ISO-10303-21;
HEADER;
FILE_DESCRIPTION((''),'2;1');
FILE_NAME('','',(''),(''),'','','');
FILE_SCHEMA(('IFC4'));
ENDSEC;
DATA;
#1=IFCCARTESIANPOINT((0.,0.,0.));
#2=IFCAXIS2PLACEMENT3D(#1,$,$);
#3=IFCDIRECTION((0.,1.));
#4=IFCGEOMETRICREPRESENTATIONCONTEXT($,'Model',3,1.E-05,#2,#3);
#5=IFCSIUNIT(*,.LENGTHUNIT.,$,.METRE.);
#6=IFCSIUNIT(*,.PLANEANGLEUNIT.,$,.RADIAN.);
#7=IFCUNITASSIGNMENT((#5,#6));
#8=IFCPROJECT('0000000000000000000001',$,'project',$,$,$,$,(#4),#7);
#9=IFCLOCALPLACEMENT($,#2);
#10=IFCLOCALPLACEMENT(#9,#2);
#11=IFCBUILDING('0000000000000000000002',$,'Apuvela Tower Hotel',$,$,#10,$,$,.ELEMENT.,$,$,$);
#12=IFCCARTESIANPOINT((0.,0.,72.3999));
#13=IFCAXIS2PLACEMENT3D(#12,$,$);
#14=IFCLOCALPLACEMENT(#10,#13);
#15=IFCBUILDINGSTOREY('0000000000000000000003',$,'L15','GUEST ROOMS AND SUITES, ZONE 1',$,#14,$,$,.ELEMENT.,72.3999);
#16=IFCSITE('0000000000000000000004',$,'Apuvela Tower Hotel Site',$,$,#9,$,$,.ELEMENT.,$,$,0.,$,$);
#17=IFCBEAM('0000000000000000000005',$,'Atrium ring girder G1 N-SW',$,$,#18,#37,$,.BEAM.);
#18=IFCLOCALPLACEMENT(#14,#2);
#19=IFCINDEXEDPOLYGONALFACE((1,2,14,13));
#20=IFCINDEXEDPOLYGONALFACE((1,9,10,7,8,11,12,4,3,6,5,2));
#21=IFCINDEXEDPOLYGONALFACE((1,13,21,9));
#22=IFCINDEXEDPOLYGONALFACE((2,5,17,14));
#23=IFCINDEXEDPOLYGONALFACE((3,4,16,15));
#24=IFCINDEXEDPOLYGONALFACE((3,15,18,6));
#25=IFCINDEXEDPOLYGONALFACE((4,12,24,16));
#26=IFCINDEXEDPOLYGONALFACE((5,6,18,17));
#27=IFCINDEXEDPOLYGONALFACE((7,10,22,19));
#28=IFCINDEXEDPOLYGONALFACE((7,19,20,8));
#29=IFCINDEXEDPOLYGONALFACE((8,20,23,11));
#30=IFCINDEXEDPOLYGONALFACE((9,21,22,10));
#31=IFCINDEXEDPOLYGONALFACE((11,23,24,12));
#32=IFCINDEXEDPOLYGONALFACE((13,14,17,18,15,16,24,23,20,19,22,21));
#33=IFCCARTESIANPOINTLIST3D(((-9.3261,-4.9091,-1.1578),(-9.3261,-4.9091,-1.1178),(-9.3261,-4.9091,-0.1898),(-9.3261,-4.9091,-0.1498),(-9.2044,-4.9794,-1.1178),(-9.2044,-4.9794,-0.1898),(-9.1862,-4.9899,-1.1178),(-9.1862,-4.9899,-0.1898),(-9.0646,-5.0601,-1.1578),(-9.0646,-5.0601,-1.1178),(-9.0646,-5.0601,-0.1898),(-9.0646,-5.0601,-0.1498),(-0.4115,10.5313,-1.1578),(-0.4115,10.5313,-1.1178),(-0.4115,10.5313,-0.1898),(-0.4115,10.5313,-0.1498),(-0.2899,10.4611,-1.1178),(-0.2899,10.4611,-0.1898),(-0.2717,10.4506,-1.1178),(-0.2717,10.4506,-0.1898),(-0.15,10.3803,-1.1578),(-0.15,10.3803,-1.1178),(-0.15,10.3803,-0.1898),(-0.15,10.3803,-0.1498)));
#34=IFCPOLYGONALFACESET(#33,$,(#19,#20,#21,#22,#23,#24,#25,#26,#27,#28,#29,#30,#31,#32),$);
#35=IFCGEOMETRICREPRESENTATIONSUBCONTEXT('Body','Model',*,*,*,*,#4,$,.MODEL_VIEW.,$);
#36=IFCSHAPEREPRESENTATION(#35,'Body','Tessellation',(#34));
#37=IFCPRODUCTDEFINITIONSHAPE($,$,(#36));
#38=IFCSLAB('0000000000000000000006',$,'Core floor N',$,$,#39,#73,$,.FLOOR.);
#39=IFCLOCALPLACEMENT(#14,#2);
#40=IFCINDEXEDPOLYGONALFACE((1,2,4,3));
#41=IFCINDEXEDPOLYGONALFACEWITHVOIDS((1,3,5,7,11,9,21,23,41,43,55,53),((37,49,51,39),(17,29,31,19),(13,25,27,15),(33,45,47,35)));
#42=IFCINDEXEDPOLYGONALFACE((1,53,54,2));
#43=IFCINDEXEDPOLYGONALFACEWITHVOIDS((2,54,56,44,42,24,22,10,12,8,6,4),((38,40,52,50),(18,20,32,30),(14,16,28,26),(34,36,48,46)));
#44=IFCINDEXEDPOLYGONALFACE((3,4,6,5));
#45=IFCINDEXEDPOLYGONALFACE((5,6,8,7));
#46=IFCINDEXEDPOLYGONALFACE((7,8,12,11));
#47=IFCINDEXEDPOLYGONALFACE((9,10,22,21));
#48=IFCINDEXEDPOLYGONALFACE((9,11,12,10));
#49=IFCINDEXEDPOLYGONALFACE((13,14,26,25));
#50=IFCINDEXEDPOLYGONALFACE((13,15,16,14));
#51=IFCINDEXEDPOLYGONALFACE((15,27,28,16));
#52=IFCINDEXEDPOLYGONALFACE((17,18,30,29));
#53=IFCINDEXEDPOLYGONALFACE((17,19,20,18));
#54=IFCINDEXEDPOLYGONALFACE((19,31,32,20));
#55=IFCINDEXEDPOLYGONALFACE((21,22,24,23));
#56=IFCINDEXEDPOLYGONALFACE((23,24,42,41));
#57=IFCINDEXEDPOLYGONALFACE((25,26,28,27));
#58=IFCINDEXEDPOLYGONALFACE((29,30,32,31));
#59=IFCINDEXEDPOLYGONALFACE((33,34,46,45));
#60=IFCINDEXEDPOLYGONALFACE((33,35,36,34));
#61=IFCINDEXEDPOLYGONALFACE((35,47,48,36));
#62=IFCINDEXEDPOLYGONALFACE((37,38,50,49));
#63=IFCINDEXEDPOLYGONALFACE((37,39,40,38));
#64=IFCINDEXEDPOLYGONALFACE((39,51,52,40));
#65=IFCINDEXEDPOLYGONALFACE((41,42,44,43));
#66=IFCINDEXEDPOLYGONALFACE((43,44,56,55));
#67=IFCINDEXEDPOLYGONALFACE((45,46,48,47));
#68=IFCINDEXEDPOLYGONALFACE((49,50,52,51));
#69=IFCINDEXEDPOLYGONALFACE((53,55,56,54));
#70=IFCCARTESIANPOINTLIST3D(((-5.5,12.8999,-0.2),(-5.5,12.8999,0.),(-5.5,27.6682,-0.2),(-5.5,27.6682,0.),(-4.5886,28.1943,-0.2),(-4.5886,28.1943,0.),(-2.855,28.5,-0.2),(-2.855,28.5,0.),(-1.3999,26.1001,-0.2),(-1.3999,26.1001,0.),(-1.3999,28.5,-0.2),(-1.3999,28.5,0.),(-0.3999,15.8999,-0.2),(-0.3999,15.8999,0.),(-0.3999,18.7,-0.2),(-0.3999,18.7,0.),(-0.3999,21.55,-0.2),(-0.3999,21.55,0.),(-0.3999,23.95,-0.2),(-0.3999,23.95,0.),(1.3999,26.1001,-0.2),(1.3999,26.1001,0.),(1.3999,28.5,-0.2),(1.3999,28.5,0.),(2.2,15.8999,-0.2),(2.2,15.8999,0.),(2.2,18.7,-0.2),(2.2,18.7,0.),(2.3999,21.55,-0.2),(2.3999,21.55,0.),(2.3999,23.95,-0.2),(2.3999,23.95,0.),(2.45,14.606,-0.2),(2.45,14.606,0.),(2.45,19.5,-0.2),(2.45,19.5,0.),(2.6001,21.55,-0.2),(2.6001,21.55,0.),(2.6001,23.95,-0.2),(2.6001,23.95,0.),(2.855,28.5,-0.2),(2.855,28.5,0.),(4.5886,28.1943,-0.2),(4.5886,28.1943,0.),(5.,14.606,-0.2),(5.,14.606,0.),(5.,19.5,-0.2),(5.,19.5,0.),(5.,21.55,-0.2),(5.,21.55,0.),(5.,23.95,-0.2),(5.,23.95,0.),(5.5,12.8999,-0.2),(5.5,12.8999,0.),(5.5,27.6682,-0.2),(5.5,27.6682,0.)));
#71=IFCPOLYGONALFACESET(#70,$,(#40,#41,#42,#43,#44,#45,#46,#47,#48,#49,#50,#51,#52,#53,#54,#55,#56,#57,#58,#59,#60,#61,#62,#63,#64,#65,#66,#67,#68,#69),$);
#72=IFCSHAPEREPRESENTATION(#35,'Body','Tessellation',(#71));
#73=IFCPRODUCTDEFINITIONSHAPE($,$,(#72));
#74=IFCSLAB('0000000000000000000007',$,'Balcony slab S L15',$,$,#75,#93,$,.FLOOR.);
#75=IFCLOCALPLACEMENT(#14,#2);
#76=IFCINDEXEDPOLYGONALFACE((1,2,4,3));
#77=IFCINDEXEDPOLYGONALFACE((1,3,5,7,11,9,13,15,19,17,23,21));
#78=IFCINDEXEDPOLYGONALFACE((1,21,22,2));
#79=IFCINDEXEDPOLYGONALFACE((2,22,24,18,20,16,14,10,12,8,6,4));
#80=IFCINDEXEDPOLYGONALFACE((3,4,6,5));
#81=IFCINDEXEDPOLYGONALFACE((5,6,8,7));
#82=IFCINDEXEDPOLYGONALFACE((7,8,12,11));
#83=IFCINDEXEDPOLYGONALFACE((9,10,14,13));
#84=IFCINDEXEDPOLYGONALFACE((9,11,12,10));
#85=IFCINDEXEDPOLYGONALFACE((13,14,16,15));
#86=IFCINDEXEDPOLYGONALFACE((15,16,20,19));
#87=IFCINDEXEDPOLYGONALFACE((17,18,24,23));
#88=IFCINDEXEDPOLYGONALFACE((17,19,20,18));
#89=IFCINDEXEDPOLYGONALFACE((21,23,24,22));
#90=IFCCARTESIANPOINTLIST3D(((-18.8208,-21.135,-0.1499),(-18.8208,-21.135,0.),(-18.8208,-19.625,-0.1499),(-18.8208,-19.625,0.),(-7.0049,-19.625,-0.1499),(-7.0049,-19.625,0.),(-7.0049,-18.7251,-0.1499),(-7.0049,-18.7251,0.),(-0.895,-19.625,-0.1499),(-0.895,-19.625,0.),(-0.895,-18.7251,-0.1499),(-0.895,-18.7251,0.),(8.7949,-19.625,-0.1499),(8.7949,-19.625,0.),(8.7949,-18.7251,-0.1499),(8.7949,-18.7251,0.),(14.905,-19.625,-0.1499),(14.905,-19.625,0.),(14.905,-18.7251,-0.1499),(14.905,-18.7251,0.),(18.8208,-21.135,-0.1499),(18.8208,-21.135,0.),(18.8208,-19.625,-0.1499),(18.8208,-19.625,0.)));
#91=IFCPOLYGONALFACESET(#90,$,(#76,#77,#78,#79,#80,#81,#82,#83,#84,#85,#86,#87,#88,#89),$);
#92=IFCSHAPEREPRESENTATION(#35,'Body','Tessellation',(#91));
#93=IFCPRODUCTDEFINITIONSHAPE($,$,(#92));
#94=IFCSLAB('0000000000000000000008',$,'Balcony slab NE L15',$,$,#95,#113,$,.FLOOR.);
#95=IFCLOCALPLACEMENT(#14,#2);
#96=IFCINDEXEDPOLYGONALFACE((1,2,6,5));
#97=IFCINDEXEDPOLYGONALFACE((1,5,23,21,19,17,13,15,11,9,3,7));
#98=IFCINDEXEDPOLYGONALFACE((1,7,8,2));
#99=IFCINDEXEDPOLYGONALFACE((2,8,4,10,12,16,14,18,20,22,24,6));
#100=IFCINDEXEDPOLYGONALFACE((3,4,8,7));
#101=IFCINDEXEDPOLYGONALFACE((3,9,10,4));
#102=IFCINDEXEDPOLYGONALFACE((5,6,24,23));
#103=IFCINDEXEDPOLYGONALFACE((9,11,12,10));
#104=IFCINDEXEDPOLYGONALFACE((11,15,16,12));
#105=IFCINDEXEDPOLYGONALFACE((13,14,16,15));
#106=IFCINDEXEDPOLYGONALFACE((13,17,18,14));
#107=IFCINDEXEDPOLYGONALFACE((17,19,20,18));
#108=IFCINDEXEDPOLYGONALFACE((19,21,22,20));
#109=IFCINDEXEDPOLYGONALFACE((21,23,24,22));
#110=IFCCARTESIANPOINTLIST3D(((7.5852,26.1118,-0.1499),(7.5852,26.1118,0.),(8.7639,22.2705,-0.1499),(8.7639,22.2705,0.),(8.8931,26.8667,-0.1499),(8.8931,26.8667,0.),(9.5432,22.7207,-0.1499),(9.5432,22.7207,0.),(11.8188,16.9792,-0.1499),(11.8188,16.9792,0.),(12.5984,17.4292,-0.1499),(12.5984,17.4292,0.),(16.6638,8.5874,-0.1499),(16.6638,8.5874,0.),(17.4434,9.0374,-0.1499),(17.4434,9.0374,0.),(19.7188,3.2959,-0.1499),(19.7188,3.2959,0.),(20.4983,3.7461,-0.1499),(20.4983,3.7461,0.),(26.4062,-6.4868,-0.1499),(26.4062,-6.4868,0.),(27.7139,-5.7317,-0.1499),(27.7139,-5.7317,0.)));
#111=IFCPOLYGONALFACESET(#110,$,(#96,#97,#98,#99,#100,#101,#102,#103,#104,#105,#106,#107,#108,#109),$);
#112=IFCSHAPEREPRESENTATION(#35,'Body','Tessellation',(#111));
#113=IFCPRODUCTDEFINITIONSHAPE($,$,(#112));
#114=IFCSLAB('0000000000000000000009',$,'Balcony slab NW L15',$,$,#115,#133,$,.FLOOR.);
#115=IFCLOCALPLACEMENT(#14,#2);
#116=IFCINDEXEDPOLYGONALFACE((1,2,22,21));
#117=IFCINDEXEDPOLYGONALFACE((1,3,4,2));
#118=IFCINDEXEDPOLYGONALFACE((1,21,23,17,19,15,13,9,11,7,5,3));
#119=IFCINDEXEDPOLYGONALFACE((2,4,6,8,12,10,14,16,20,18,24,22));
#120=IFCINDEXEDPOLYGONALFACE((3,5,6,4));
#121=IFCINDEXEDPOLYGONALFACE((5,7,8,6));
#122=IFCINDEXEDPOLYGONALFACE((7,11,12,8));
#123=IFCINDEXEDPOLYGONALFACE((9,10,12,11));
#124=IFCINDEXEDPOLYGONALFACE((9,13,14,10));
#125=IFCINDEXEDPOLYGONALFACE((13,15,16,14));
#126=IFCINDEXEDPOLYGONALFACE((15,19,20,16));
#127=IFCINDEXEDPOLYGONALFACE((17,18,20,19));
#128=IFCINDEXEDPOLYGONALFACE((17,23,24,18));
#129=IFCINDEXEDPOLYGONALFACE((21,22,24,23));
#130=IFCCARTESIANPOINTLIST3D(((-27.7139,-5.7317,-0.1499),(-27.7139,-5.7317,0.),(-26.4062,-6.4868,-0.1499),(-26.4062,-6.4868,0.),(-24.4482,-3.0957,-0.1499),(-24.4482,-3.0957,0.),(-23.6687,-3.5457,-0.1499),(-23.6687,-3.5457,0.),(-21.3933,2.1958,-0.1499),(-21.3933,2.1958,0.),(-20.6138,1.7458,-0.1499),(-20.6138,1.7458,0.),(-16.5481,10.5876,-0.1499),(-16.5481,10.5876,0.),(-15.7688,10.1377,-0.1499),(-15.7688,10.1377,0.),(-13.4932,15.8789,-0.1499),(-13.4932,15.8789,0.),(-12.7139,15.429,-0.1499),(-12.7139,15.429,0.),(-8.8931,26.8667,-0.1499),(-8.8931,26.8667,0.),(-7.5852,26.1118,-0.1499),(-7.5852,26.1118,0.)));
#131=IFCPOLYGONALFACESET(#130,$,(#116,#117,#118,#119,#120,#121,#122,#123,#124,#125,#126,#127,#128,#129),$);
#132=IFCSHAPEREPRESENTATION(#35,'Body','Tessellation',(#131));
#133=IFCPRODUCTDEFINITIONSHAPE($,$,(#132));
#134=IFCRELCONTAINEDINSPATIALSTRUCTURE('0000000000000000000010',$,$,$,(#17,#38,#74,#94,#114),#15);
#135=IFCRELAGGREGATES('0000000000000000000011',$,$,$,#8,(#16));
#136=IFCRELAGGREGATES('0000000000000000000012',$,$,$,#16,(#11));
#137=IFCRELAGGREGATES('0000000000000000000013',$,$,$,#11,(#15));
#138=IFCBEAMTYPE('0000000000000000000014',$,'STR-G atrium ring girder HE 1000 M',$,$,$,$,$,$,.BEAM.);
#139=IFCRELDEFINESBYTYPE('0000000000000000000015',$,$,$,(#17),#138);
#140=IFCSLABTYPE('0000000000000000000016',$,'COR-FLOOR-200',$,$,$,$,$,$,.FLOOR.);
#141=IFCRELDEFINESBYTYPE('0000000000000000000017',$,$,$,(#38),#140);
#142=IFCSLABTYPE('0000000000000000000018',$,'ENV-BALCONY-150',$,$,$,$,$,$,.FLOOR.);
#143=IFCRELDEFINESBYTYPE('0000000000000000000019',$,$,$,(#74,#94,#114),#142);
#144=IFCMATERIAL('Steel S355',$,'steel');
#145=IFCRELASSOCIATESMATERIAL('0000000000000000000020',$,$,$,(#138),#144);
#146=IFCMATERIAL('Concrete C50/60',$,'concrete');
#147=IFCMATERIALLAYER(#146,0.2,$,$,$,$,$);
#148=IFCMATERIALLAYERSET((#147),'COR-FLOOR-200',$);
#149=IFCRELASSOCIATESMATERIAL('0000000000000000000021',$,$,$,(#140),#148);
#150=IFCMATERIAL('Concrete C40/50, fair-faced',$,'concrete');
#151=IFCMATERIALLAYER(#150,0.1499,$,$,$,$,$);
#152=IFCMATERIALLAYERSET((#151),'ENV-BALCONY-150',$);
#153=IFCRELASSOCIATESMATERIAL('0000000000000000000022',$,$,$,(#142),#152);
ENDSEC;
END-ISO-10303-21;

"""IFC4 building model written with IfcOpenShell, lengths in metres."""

from ifc_helpers import new_model, si_unit, direction, frame, origin, origin_2d, place, context, subcontext, project, spatial, polyline, i_section, outline, extrude, material, layer, layer_set, material_profile, profile_set, type_object, element, save


model = new_model("IFC4")

# Units and contexts
model_context = context("Model", 3, precision=1e-05, world=origin(), true_north=direction((0.0, 1.0)))
body_context = subcontext(model_context, "Body", "Model", "MODEL_VIEW")
ifc_project = project(units=[si_unit("LENGTHUNIT", "METRE"), si_unit("PLANEANGLEUNIT", "RADIAN")], contexts=[model_context])

# Site, building, storey
site_placement = place(None, origin())
site = spatial("IfcSite", under=ifc_project, at=site_placement, Name="Apuvela Tower Hotel Site", CompositionType="ELEMENT", RefElevation=0.0)
building_placement = place(site_placement, origin())
building = spatial("IfcBuilding", under=site, at=building_placement, Name="Apuvela Tower Hotel", CompositionType="ELEMENT")
storey_placement = place(building_placement, frame((0.0, 0.0, 72.3999)))
storey = spatial("IfcBuildingStorey", under=building, at=storey_placement, Name="L15", Description="GUEST ROOMS AND SUITES, ZONE 1", CompositionType="ELEMENT", Elevation=72.3999)

# Beam
ifc_material_1 = material(Name="Steel S355", Category="steel")
ifc_material_profile = material_profile(ifc_material_1, i_section(OverallWidth=0.302, OverallDepth=1.0081, WebThickness=0.021, FlangeThickness=0.04, at=origin_2d()), Name="HE 1000 M")
ifc_profile_set = profile_set([ifc_material_profile], Name="Steel S355")
beam_type = type_object("IfcBeamType", Name="STR-G atrium ring girder HE 1000 M", PredefinedType="BEAM", material=ifc_profile_set)
beam_placement = place(storey_placement, frame((-0.2808, 10.4558, -0.6538), z_axis=(-0.500001, -0.866025, 0.0), x_axis=(0.866025, -0.500001, 0.0)))
element("IfcBeam", 1, at=beam_placement, inside=storey, type_object=beam_type, Name="Atrium ring girder G1 N-SW", PredefinedType="BEAM", context=body_context, shape_type="SweptSolid", body=[
    extrude(i_section(OverallWidth=0.302, OverallDepth=1.0081, WebThickness=0.021, FlangeThickness=0.04, at=origin_2d()), origin(), (0.0, 0.0, 1.0), 17.8291),
])

# Slabs
ifc_material_2 = material(Name="Concrete C50/60", Category="concrete")
ifc_layer_1 = layer(ifc_material_2, 0.2)
ifc_layer_set_1 = layer_set([ifc_layer_1], Name="COR-FLOOR-200")
slab_type_1 = type_object("IfcSlabType", Name="COR-FLOOR-200", PredefinedType="FLOOR", material=ifc_layer_set_1)
slab_1_placement = place(storey_placement, frame((0.0, 0.0, -0.2)))
element("IfcSlab", 2, at=slab_1_placement, inside=storey, type_object=slab_type_1, Name="Core floor N", PredefinedType="FLOOR", context=body_context, shape_type="SweptSolid", body=[
    extrude(outline(polyline([(5.5, 27.6682), (4.5886, 28.1943), (2.855, 28.5), (1.3999, 28.5), (1.3999, 26.1001), (-1.3999, 26.1001), (-1.3999, 28.5), (-2.855, 28.5), (-4.5886, 28.1943), (-5.5, 27.6682), (-5.5, 12.8999), (5.5, 12.8999), (5.5, 27.6682)]), holes=[polyline([(5.0, 14.606), (2.45, 14.606), (2.45, 19.5), (5.0, 19.5), (5.0, 14.606)]), polyline([(2.2, 15.8999), (-0.3999, 15.8999), (-0.3999, 18.7), (2.2, 18.7), (2.2, 15.8999)]), polyline([(5.0, 21.55), (2.6001, 21.55), (2.6001, 23.95), (5.0, 23.95), (5.0, 21.55)]), polyline([(2.3999, 21.55), (-0.3999, 21.55), (-0.3999, 23.95), (2.3999, 23.95), (2.3999, 21.55)])]), origin(), (0.0, 0.0, 1.0), 0.2),
])
ifc_material_3 = material(Name="Concrete C40/50, fair-faced", Category="concrete")
ifc_layer_2 = layer(ifc_material_3, 0.1499)
ifc_layer_set_2 = layer_set([ifc_layer_2], Name="ENV-BALCONY-150")
slab_type_2 = type_object("IfcSlabType", Name="ENV-BALCONY-150", PredefinedType="FLOOR", material=ifc_layer_set_2)
slab_2_placement = place(storey_placement, frame((0.0, 0.0, -0.1499)))
element("IfcSlab", 3, at=slab_2_placement, inside=storey, type_object=slab_type_2, Name="Balcony slab S L15", PredefinedType="FLOOR", context=body_context, shape_type="SweptSolid", body=[
    extrude(outline(polyline([(18.8208, -21.135), (-18.8208, -21.135), (-18.8208, -19.625), (-7.0049, -19.625), (-7.0049, -18.7251), (-0.895, -18.7251), (-0.895, -19.625), (8.7949, -19.625), (8.7949, -18.7251), (14.905, -18.7251), (14.905, -19.625), (18.8208, -19.625), (18.8208, -21.135)])), origin(), (0.0, 0.0, 1.0), 0.1499),
])
slab_3_placement = place(storey_placement, frame((0.0, 0.0, -0.1499)))
element("IfcSlab", 4, at=slab_3_placement, inside=storey, type_object=slab_type_2, Name="Balcony slab NE L15", PredefinedType="FLOOR", context=body_context, shape_type="SweptSolid", body=[
    extrude(outline(polyline([(17.4434, 9.0374), (12.5984, 17.4292), (11.8188, 16.9792), (8.7639, 22.2705), (9.5432, 22.7207), (7.5852, 26.1118), (8.8931, 26.8667), (27.7139, -5.7317), (26.4062, -6.4868), (20.4983, 3.7461), (19.7188, 3.2959), (16.6638, 8.5874), (17.4434, 9.0374)])), origin(), (0.0, 0.0, 1.0), 0.1499),
])
slab_4_placement = place(storey_placement, frame((0.0, 0.0, -0.1499)))
element("IfcSlab", 5, at=slab_4_placement, inside=storey, type_object=slab_type_2, Name="Balcony slab NW L15", PredefinedType="FLOOR", context=body_context, shape_type="SweptSolid", body=[
    extrude(outline(polyline([(-27.7139, -5.7317), (-8.8931, 26.8667), (-7.5852, 26.1118), (-13.4932, 15.8789), (-12.7139, 15.429), (-15.7688, 10.1377), (-16.5481, 10.5876), (-21.3933, 2.1958), (-20.6138, 1.7458), (-23.6687, -3.5457), (-24.4482, -3.0957), (-26.4062, -6.4868), (-27.7139, -5.7317)])), origin(), (0.0, 0.0, 1.0), 0.1499),
])

save(model, "model.ifc")
